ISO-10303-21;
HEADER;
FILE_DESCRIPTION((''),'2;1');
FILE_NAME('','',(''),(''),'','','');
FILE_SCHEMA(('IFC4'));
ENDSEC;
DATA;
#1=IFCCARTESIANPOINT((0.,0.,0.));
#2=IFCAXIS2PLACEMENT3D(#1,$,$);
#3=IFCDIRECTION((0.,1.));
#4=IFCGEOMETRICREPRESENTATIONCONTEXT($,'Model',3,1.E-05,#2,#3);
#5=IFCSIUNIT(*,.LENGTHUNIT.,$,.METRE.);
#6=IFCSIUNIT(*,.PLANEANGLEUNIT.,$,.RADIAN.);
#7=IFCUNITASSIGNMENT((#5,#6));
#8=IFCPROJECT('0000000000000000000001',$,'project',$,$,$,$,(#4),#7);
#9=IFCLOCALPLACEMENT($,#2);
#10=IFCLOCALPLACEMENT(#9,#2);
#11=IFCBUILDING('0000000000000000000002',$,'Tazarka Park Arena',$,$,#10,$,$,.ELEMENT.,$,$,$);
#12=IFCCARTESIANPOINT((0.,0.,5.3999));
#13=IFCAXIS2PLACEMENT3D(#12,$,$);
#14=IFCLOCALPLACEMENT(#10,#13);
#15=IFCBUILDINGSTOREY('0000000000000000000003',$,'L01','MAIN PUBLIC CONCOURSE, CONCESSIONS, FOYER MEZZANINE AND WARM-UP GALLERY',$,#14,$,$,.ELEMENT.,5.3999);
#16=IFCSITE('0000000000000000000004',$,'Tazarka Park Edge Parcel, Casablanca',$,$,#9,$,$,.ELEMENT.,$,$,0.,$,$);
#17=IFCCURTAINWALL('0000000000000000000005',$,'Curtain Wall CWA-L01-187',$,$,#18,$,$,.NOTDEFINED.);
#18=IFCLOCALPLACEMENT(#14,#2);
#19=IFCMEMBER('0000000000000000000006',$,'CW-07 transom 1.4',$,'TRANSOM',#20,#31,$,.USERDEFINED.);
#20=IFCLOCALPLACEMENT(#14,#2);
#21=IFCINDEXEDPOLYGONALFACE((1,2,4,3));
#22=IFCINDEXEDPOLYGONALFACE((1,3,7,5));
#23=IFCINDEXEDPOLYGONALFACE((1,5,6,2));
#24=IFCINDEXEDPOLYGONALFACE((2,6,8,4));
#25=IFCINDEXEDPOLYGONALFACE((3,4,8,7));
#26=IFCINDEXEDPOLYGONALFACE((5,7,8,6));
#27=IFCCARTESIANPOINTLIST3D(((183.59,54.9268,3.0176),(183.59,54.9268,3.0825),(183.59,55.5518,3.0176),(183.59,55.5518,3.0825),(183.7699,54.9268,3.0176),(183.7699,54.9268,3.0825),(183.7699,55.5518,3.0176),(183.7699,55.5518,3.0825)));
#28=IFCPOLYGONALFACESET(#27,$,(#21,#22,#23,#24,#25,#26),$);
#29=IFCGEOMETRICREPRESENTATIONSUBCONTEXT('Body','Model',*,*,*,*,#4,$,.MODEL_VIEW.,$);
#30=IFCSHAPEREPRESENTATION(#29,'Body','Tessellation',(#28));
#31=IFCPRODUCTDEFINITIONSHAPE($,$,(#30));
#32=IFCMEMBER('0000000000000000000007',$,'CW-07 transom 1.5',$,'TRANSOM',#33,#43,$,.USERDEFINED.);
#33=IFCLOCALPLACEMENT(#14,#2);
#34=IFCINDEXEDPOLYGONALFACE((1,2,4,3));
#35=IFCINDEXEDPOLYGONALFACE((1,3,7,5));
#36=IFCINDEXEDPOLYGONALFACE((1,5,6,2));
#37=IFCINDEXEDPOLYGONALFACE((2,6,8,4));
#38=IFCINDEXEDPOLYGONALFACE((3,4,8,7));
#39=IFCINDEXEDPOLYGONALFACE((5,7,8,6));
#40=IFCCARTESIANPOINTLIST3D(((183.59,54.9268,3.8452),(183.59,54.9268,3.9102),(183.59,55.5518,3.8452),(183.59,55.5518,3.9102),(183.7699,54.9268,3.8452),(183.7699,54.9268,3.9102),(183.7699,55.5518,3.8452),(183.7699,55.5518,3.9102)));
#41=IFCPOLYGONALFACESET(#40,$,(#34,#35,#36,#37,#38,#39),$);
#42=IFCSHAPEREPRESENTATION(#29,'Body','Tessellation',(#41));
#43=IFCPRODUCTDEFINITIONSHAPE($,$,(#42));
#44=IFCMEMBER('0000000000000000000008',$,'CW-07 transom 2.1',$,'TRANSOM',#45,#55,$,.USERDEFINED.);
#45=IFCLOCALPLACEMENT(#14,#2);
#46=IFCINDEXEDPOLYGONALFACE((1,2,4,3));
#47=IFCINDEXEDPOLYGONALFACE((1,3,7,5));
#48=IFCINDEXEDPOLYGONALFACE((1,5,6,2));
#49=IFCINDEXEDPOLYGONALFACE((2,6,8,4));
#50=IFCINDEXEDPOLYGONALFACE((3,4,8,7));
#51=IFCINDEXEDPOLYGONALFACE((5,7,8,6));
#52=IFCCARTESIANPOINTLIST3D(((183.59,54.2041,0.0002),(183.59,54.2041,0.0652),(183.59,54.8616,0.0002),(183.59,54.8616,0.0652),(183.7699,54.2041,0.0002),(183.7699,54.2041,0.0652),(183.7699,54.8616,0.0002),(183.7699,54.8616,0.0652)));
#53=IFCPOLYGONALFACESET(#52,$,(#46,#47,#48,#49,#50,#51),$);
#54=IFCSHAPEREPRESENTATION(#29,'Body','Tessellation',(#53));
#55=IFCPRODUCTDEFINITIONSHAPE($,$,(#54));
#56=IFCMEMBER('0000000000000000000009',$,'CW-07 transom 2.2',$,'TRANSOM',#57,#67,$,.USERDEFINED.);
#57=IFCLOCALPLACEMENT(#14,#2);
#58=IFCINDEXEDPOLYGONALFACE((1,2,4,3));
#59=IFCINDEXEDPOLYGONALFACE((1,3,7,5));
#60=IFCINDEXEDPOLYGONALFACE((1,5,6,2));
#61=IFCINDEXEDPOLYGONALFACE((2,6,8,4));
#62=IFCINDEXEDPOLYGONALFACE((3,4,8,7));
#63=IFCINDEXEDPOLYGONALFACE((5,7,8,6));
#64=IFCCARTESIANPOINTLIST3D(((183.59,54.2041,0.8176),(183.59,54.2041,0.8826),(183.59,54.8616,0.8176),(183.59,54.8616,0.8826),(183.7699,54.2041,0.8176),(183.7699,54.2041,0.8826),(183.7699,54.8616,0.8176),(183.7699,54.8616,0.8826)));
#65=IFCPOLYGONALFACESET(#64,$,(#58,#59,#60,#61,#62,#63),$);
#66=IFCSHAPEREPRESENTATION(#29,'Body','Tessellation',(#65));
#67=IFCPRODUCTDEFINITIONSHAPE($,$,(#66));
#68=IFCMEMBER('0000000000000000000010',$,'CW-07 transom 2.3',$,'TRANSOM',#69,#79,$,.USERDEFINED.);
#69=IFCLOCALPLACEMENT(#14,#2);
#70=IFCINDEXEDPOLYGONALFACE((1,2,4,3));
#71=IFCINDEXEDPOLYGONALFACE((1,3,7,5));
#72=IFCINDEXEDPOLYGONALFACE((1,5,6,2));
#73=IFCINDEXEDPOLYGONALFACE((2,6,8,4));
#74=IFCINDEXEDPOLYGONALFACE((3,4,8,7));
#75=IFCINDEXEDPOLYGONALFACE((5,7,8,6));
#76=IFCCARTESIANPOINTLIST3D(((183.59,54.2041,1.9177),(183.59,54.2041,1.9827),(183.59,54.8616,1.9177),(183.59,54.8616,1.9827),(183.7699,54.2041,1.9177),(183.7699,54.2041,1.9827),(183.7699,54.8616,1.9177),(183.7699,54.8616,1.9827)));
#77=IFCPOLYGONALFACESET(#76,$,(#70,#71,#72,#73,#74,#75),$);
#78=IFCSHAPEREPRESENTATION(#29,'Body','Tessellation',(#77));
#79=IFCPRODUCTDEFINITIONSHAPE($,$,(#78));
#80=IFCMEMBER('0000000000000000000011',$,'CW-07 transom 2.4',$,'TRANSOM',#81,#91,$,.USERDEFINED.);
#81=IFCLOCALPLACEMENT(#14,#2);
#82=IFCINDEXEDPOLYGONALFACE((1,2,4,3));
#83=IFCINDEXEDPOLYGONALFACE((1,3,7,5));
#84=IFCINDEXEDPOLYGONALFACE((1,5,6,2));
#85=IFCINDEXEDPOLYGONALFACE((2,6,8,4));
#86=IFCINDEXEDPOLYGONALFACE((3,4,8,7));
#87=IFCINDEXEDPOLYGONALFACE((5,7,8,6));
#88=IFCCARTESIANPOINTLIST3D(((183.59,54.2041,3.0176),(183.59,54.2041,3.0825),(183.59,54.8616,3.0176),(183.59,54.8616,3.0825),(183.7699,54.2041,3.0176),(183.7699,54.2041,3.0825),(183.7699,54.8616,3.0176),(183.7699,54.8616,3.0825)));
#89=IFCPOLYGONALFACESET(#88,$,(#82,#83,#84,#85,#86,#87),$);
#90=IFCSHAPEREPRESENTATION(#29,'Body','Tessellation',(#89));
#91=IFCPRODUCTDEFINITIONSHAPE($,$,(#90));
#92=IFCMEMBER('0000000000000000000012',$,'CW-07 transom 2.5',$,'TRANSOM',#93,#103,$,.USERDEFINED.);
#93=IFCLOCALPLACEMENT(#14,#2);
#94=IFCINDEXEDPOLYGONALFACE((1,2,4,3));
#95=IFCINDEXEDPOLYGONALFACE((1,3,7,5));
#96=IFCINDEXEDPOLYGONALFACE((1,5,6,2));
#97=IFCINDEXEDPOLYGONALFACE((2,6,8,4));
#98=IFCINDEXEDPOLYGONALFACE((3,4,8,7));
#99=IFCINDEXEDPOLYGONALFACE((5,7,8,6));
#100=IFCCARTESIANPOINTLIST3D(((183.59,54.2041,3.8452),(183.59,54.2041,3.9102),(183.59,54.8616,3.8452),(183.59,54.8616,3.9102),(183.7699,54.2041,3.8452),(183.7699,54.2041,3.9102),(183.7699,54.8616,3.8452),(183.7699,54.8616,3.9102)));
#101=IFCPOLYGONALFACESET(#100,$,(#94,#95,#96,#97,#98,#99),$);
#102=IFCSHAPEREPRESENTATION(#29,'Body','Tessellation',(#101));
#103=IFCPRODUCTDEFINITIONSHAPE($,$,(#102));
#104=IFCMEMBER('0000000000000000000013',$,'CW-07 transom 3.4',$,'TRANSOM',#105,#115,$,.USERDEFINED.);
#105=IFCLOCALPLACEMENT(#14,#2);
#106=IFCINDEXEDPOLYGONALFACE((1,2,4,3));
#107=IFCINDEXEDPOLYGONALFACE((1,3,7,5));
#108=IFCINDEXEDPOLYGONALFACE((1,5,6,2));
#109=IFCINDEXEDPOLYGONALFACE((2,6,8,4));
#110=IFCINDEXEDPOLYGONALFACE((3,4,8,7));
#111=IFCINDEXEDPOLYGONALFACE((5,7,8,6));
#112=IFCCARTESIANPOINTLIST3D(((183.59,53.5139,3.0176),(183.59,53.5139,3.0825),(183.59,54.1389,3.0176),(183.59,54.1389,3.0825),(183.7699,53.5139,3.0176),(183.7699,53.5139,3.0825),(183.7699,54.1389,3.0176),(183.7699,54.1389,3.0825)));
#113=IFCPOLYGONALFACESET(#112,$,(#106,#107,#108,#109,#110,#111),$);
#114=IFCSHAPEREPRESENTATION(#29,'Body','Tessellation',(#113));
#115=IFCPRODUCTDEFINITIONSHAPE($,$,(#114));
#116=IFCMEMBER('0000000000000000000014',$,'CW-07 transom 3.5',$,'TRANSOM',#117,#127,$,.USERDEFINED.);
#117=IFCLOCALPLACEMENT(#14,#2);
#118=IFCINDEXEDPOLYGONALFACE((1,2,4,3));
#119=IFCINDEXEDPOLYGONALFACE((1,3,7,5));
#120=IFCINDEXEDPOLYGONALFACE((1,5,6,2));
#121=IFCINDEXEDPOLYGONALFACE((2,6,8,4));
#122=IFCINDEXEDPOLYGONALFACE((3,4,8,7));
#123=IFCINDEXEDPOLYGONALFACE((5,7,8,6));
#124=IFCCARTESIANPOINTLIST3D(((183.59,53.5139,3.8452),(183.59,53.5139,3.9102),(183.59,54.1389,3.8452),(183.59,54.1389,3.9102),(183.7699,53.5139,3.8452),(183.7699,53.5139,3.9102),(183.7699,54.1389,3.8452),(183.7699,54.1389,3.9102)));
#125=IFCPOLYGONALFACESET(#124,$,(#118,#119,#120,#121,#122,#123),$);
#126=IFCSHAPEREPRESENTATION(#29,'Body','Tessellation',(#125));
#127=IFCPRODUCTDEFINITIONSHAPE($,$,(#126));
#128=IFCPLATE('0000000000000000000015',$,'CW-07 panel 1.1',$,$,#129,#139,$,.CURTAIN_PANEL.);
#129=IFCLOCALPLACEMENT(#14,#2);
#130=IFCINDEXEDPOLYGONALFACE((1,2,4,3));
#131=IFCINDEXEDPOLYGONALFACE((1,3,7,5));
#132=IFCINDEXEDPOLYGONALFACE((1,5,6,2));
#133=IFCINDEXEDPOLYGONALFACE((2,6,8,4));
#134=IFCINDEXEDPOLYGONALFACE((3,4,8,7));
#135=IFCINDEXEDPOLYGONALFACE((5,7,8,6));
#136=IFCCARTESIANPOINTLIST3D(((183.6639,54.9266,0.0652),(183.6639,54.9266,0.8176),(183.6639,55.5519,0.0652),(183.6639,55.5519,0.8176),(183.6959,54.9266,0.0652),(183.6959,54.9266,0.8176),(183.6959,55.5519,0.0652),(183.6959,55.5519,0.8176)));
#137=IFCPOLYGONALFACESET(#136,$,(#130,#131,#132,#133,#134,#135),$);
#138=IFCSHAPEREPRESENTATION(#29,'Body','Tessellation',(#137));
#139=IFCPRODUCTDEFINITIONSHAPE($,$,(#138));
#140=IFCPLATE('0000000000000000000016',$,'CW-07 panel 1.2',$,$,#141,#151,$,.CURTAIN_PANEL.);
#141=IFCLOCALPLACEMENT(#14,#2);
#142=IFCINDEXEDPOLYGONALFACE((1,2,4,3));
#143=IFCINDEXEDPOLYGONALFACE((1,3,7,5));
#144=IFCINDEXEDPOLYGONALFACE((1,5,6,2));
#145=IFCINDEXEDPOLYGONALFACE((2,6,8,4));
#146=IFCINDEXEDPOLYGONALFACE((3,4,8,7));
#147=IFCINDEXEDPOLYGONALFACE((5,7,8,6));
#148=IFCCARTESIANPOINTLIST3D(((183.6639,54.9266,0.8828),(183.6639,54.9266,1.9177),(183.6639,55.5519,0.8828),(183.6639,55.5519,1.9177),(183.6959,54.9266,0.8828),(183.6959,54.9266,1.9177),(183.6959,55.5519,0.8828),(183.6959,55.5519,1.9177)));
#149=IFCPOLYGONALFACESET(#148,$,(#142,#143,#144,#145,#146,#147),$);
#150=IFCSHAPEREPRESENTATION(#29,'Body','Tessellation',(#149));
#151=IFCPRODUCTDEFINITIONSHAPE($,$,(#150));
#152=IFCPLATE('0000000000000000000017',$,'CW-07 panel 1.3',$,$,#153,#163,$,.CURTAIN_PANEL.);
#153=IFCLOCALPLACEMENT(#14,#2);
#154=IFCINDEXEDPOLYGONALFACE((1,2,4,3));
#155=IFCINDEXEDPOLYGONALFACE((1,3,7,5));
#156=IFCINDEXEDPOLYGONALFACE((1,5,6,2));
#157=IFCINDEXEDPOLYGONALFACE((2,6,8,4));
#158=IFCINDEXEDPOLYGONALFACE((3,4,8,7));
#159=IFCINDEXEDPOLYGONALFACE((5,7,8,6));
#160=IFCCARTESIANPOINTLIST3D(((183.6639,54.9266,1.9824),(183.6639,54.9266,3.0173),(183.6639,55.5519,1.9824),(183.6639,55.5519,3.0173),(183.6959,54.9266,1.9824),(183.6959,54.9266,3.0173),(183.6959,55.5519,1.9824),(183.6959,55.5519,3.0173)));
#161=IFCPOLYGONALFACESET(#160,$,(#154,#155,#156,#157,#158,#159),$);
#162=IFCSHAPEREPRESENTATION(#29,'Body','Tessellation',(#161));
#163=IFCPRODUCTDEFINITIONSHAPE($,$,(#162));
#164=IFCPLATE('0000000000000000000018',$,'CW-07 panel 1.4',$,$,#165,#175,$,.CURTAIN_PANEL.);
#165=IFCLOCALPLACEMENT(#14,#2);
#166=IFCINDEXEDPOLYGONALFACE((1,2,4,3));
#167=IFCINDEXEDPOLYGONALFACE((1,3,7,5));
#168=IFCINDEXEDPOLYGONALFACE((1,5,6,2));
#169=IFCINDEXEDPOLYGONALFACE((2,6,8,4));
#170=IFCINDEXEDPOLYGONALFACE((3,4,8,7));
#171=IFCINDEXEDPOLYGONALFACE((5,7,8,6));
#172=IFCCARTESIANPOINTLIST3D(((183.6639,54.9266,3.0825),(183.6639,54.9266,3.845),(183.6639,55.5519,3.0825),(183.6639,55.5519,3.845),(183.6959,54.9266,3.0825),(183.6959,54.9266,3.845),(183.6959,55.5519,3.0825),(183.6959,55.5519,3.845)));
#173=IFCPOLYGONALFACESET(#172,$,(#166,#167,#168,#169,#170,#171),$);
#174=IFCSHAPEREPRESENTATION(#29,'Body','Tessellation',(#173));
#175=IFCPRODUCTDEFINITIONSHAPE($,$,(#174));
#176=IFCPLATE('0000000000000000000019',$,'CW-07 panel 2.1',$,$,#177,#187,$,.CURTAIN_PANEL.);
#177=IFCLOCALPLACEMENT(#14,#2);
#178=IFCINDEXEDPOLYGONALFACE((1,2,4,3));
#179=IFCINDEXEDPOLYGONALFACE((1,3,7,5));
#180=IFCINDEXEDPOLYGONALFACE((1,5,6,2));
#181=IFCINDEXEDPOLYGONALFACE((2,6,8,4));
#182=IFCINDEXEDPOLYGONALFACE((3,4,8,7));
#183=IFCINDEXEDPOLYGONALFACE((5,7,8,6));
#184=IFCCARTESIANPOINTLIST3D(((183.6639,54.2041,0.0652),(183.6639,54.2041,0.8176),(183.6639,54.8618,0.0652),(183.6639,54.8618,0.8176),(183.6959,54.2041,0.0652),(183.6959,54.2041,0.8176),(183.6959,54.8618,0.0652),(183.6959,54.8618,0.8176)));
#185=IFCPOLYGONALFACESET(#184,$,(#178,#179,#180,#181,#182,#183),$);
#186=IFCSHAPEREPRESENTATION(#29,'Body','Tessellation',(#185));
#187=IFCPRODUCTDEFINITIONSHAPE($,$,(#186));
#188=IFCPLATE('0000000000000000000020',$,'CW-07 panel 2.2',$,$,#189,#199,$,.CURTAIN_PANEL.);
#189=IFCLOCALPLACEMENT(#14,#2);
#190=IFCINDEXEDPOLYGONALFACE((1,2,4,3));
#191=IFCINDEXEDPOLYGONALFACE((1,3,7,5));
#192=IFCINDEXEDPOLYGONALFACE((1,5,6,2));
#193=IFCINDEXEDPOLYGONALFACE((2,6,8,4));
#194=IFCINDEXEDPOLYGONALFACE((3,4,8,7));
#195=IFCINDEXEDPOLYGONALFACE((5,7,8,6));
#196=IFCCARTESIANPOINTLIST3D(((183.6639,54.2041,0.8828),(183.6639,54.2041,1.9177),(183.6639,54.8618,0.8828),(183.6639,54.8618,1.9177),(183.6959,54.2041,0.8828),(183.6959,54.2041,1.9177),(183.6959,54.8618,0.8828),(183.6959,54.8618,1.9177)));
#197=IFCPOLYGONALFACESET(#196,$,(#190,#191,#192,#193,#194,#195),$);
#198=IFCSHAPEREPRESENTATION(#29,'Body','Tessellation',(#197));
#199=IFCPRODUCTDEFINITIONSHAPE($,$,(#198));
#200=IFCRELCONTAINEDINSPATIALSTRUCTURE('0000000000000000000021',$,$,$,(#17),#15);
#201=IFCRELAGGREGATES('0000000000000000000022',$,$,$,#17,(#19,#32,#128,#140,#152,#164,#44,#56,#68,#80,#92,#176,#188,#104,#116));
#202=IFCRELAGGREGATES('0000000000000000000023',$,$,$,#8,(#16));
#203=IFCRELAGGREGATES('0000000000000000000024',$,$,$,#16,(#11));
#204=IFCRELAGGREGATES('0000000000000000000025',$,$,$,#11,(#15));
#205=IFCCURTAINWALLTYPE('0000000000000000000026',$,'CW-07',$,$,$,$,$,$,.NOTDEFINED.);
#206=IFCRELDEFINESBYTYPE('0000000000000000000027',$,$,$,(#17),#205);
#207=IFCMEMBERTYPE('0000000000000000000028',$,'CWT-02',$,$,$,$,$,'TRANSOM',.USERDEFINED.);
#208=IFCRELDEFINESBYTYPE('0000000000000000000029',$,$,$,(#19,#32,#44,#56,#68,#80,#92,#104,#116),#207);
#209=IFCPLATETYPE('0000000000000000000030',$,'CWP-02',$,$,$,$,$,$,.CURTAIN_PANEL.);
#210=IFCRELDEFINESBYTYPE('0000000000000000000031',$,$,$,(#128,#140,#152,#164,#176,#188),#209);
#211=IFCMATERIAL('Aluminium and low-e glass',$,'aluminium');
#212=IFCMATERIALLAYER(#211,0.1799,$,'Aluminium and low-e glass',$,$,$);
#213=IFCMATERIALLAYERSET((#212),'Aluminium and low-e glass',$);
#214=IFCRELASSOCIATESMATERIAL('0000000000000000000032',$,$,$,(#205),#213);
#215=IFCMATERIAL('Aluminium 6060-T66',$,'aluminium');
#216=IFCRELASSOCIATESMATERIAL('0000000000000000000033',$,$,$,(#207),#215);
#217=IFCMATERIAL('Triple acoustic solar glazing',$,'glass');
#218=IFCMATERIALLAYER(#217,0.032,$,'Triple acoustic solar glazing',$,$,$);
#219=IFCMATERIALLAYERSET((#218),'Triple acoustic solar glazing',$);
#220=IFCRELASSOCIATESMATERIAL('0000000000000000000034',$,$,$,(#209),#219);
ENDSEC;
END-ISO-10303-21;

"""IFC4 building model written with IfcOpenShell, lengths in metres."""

from ifc_helpers import new_model, si_unit, direction, frame, origin, origin_2d, place, context, subcontext, project, spatial, rectangle, extrude, material, layer, layer_set, material_profile, profile_set, type_object, element, aggregate, save


model = new_model("IFC4")

# Units and contexts
model_context = context("Model", 3, precision=1e-05, world=origin(), true_north=direction((0.0, 1.0)))
body_context = subcontext(model_context, "Body", "Model", "MODEL_VIEW")
ifc_project = project(units=[si_unit("LENGTHUNIT", "METRE"), si_unit("PLANEANGLEUNIT", "RADIAN")], contexts=[model_context])

# Site, building, storey
site_placement = place(None, origin())
site = spatial("IfcSite", under=ifc_project, at=site_placement, Name="Tazarka Park Edge Parcel, Casablanca", CompositionType="ELEMENT", RefElevation=0.0)
building_placement = place(site_placement, origin())
building = spatial("IfcBuilding", under=site, at=building_placement, Name="Tazarka Park Arena", CompositionType="ELEMENT")
storey_placement = place(building_placement, frame((0.0, 0.0, 5.3999)))
storey = spatial("IfcBuildingStorey", under=building, at=storey_placement, Name="L01", Description="MAIN PUBLIC CONCOURSE, CONCESSIONS, FOYER MEZZANINE AND WARM-UP GALLERY", CompositionType="ELEMENT", Elevation=5.3999)

# Curtain wall, members, plates
ifc_material_1 = material(Name="Aluminium and low-e glass", Category="aluminium")
ifc_layer_1 = layer(ifc_material_1, 0.1799, Name="Aluminium and low-e glass")
ifc_layer_set_1 = layer_set([ifc_layer_1], Name="Aluminium and low-e glass")
curtain_wall_type = type_object("IfcCurtainWallType", Name="CW-07", PredefinedType="NOTDEFINED", material=ifc_layer_set_1)
curtain_wall_placement = place(storey_placement, origin())
curtain_wall = element("IfcCurtainWall", 1, at=curtain_wall_placement, inside=storey, type_object=curtain_wall_type, Name="Curtain Wall CWA-L01-187", PredefinedType="NOTDEFINED")
ifc_material_2 = material(Name="Aluminium 6060-T66", Category="aluminium")
ifc_material_profile_1 = material_profile(ifc_material_2, rectangle(XDim=0.1799, YDim=0.0649, at=origin_2d()), Name="Aluminium 6060-T66")
ifc_profile_set_1 = profile_set([ifc_material_profile_1], Name="Aluminium 6060-T66")
member_type_1 = type_object("IfcMemberType", Name="CWT-02", ElementType="TRANSOM", PredefinedType="USERDEFINED", material=ifc_profile_set_1)
member_1_placement = place(storey_placement, frame((183.6799, 55.5518, 3.05), z_axis=(0.0, -1.0, 0.0), x_axis=(1.0, 0.0, 0.0)))
member_1 = element("IfcMember", 2, at=member_1_placement, type_object=member_type_1, Name="CW-07 transom 1.4", ObjectType="TRANSOM", PredefinedType="USERDEFINED", context=body_context, shape_type="SweptSolid", body=[
    extrude(rectangle(XDim=0.1799, YDim=0.0649, at=origin_2d()), origin(), (0.0, 0.0, 1.0), 0.625),
])
member_2_placement = place(storey_placement, frame((183.6799, 55.5518, 3.8777), z_axis=(0.0, -1.0, 0.0), x_axis=(1.0, 0.0, 0.0)))
member_2 = element("IfcMember", 3, at=member_2_placement, type_object=member_type_1, Name="CW-07 transom 1.5", ObjectType="TRANSOM", PredefinedType="USERDEFINED", context=body_context, shape_type="SweptSolid", body=[
    extrude(rectangle(XDim=0.1799, YDim=0.0649, at=origin_2d()), origin(), (0.0, 0.0, 1.0), 0.625),
])
member_3_placement = place(storey_placement, frame((183.6799, 54.8616, 0.0327), z_axis=(0.0, -1.0, 0.0), x_axis=(1.0, 0.0, 0.0)))
member_3 = element("IfcMember", 4, at=member_3_placement, type_object=member_type_1, Name="CW-07 transom 2.1", ObjectType="TRANSOM", PredefinedType="USERDEFINED", context=body_context, shape_type="SweptSolid", body=[
    extrude(rectangle(XDim=0.1799, YDim=0.0649, at=origin_2d()), origin(), (0.0, 0.0, 1.0), 0.6575),
])
member_4_placement = place(storey_placement, frame((183.6799, 54.8616, 0.8501), z_axis=(0.0, -1.0, 0.0), x_axis=(1.0, 0.0, 0.0)))
member_4 = element("IfcMember", 5, at=member_4_placement, type_object=member_type_1, Name="CW-07 transom 2.2", ObjectType="TRANSOM", PredefinedType="USERDEFINED", context=body_context, shape_type="SweptSolid", body=[
    extrude(rectangle(XDim=0.1799, YDim=0.0649, at=origin_2d()), origin(), (0.0, 0.0, 1.0), 0.6575),
])
member_5_placement = place(storey_placement, frame((183.6799, 54.8616, 1.9502), z_axis=(0.0, -1.0, 0.0), x_axis=(1.0, 0.0, 0.0)))
member_5 = element("IfcMember", 6, at=member_5_placement, type_object=member_type_1, Name="CW-07 transom 2.3", ObjectType="TRANSOM", PredefinedType="USERDEFINED", context=body_context, shape_type="SweptSolid", body=[
    extrude(rectangle(XDim=0.1799, YDim=0.0649, at=origin_2d()), origin(), (0.0, 0.0, 1.0), 0.6575),
])
member_6_placement = place(storey_placement, frame((183.6799, 54.8616, 3.05), z_axis=(0.0, -1.0, 0.0), x_axis=(1.0, 0.0, 0.0)))
member_6 = element("IfcMember", 7, at=member_6_placement, type_object=member_type_1, Name="CW-07 transom 2.4", ObjectType="TRANSOM", PredefinedType="USERDEFINED", context=body_context, shape_type="SweptSolid", body=[
    extrude(rectangle(XDim=0.1799, YDim=0.0649, at=origin_2d()), origin(), (0.0, 0.0, 1.0), 0.6575),
])
member_7_placement = place(storey_placement, frame((183.6799, 54.8616, 3.8777), z_axis=(0.0, -1.0, 0.0), x_axis=(1.0, 0.0, 0.0)))
member_7 = element("IfcMember", 8, at=member_7_placement, type_object=member_type_1, Name="CW-07 transom 2.5", ObjectType="TRANSOM", PredefinedType="USERDEFINED", context=body_context, shape_type="SweptSolid", body=[
    extrude(rectangle(XDim=0.1799, YDim=0.0649, at=origin_2d()), origin(), (0.0, 0.0, 1.0), 0.6575),
])
member_8_placement = place(storey_placement, frame((183.6799, 54.1389, 3.05), z_axis=(0.0, -1.0, 0.0), x_axis=(1.0, 0.0, 0.0)))
member_8 = element("IfcMember", 9, at=member_8_placement, type_object=member_type_1, Name="CW-07 transom 3.4", ObjectType="TRANSOM", PredefinedType="USERDEFINED", context=body_context, shape_type="SweptSolid", body=[
    extrude(rectangle(XDim=0.1799, YDim=0.0649, at=origin_2d()), origin(), (0.0, 0.0, 1.0), 0.625),
])
member_9_placement = place(storey_placement, frame((183.6799, 54.1389, 3.8777), z_axis=(0.0, -1.0, 0.0), x_axis=(1.0, 0.0, 0.0)))
member_9 = element("IfcMember", 10, at=member_9_placement, type_object=member_type_1, Name="CW-07 transom 3.5", ObjectType="TRANSOM", PredefinedType="USERDEFINED", context=body_context, shape_type="SweptSolid", body=[
    extrude(rectangle(XDim=0.1799, YDim=0.0649, at=origin_2d()), origin(), (0.0, 0.0, 1.0), 0.625),
])
ifc_material_3 = material(Name="Triple acoustic solar glazing", Category="glass")
ifc_layer_2 = layer(ifc_material_3, 0.032, Name="Triple acoustic solar glazing")
ifc_layer_set_2 = layer_set([ifc_layer_2], Name="Triple acoustic solar glazing")
plate_type_1 = type_object("IfcPlateType", Name="CWP-02", PredefinedType="CURTAIN_PANEL", material=ifc_layer_set_2)
plate_1_placement = place(storey_placement, frame((183.6799, 55.2393, 0.0652), z_axis=(0.0, 0.0, 1.0), x_axis=(0.0, -1.0, 0.0)))
plate_1 = element("IfcPlate", 11, at=plate_1_placement, type_object=plate_type_1, Name="CW-07 panel 1.1", PredefinedType="CURTAIN_PANEL", context=body_context, shape_type="SweptSolid", body=[
    extrude(rectangle(XDim=0.6252, YDim=0.032, at=origin_2d()), origin(), (0.0, 0.0, 1.0), 0.7524),
])
plate_2_placement = place(storey_placement, frame((183.6799, 55.2393, 0.8828), z_axis=(0.0, 0.0, 1.0), x_axis=(0.0, -1.0, 0.0)))
plate_2 = element("IfcPlate", 12, at=plate_2_placement, type_object=plate_type_1, Name="CW-07 panel 1.2", PredefinedType="CURTAIN_PANEL", context=body_context, shape_type="SweptSolid", body=[
    extrude(rectangle(XDim=0.6252, YDim=0.032, at=origin_2d()), origin(), (0.0, 0.0, 1.0), 1.0349),
])
plate_3_placement = place(storey_placement, frame((183.6799, 55.2393, 1.9824), z_axis=(0.0, 0.0, 1.0), x_axis=(0.0, -1.0, 0.0)))
plate_3 = element("IfcPlate", 13, at=plate_3_placement, type_object=plate_type_1, Name="CW-07 panel 1.3", PredefinedType="CURTAIN_PANEL", context=body_context, shape_type="SweptSolid", body=[
    extrude(rectangle(XDim=0.6252, YDim=0.032, at=origin_2d()), origin(), (0.0, 0.0, 1.0), 1.0349),
])
plate_4_placement = place(storey_placement, frame((183.6799, 55.2393, 3.0825), z_axis=(0.0, 0.0, 1.0), x_axis=(0.0, -1.0, 0.0)))
plate_4 = element("IfcPlate", 14, at=plate_4_placement, type_object=plate_type_1, Name="CW-07 panel 1.4", PredefinedType="CURTAIN_PANEL", context=body_context, shape_type="SweptSolid", body=[
    extrude(rectangle(XDim=0.6252, YDim=0.032, at=origin_2d()), origin(), (0.0, 0.0, 1.0), 0.7625),
])
plate_5_placement = place(storey_placement, frame((183.6799, 54.533, 0.0652), z_axis=(0.0, 0.0, 1.0), x_axis=(0.0, -1.0, 0.0)))
plate_5 = element("IfcPlate", 15, at=plate_5_placement, type_object=plate_type_1, Name="CW-07 panel 2.1", PredefinedType="CURTAIN_PANEL", context=body_context, shape_type="SweptSolid", body=[
    extrude(rectangle(XDim=0.6577, YDim=0.032, at=origin_2d()), origin(), (0.0, 0.0, 1.0), 0.7524),
])
plate_6_placement = place(storey_placement, frame((183.6799, 54.533, 0.8828), z_axis=(0.0, 0.0, 1.0), x_axis=(0.0, -1.0, 0.0)))
plate_6 = element("IfcPlate", 16, at=plate_6_placement, type_object=plate_type_1, Name="CW-07 panel 2.2", PredefinedType="CURTAIN_PANEL", context=body_context, shape_type="SweptSolid", body=[
    extrude(rectangle(XDim=0.6577, YDim=0.032, at=origin_2d()), origin(), (0.0, 0.0, 1.0), 1.0349),
])
aggregate(curtain_wall, [member_1, member_2, plate_1, plate_2, plate_3, plate_4, member_3, member_4, member_5, member_6, member_7, plate_5, plate_6, member_8, member_9])

save(model, "model.ifc")
